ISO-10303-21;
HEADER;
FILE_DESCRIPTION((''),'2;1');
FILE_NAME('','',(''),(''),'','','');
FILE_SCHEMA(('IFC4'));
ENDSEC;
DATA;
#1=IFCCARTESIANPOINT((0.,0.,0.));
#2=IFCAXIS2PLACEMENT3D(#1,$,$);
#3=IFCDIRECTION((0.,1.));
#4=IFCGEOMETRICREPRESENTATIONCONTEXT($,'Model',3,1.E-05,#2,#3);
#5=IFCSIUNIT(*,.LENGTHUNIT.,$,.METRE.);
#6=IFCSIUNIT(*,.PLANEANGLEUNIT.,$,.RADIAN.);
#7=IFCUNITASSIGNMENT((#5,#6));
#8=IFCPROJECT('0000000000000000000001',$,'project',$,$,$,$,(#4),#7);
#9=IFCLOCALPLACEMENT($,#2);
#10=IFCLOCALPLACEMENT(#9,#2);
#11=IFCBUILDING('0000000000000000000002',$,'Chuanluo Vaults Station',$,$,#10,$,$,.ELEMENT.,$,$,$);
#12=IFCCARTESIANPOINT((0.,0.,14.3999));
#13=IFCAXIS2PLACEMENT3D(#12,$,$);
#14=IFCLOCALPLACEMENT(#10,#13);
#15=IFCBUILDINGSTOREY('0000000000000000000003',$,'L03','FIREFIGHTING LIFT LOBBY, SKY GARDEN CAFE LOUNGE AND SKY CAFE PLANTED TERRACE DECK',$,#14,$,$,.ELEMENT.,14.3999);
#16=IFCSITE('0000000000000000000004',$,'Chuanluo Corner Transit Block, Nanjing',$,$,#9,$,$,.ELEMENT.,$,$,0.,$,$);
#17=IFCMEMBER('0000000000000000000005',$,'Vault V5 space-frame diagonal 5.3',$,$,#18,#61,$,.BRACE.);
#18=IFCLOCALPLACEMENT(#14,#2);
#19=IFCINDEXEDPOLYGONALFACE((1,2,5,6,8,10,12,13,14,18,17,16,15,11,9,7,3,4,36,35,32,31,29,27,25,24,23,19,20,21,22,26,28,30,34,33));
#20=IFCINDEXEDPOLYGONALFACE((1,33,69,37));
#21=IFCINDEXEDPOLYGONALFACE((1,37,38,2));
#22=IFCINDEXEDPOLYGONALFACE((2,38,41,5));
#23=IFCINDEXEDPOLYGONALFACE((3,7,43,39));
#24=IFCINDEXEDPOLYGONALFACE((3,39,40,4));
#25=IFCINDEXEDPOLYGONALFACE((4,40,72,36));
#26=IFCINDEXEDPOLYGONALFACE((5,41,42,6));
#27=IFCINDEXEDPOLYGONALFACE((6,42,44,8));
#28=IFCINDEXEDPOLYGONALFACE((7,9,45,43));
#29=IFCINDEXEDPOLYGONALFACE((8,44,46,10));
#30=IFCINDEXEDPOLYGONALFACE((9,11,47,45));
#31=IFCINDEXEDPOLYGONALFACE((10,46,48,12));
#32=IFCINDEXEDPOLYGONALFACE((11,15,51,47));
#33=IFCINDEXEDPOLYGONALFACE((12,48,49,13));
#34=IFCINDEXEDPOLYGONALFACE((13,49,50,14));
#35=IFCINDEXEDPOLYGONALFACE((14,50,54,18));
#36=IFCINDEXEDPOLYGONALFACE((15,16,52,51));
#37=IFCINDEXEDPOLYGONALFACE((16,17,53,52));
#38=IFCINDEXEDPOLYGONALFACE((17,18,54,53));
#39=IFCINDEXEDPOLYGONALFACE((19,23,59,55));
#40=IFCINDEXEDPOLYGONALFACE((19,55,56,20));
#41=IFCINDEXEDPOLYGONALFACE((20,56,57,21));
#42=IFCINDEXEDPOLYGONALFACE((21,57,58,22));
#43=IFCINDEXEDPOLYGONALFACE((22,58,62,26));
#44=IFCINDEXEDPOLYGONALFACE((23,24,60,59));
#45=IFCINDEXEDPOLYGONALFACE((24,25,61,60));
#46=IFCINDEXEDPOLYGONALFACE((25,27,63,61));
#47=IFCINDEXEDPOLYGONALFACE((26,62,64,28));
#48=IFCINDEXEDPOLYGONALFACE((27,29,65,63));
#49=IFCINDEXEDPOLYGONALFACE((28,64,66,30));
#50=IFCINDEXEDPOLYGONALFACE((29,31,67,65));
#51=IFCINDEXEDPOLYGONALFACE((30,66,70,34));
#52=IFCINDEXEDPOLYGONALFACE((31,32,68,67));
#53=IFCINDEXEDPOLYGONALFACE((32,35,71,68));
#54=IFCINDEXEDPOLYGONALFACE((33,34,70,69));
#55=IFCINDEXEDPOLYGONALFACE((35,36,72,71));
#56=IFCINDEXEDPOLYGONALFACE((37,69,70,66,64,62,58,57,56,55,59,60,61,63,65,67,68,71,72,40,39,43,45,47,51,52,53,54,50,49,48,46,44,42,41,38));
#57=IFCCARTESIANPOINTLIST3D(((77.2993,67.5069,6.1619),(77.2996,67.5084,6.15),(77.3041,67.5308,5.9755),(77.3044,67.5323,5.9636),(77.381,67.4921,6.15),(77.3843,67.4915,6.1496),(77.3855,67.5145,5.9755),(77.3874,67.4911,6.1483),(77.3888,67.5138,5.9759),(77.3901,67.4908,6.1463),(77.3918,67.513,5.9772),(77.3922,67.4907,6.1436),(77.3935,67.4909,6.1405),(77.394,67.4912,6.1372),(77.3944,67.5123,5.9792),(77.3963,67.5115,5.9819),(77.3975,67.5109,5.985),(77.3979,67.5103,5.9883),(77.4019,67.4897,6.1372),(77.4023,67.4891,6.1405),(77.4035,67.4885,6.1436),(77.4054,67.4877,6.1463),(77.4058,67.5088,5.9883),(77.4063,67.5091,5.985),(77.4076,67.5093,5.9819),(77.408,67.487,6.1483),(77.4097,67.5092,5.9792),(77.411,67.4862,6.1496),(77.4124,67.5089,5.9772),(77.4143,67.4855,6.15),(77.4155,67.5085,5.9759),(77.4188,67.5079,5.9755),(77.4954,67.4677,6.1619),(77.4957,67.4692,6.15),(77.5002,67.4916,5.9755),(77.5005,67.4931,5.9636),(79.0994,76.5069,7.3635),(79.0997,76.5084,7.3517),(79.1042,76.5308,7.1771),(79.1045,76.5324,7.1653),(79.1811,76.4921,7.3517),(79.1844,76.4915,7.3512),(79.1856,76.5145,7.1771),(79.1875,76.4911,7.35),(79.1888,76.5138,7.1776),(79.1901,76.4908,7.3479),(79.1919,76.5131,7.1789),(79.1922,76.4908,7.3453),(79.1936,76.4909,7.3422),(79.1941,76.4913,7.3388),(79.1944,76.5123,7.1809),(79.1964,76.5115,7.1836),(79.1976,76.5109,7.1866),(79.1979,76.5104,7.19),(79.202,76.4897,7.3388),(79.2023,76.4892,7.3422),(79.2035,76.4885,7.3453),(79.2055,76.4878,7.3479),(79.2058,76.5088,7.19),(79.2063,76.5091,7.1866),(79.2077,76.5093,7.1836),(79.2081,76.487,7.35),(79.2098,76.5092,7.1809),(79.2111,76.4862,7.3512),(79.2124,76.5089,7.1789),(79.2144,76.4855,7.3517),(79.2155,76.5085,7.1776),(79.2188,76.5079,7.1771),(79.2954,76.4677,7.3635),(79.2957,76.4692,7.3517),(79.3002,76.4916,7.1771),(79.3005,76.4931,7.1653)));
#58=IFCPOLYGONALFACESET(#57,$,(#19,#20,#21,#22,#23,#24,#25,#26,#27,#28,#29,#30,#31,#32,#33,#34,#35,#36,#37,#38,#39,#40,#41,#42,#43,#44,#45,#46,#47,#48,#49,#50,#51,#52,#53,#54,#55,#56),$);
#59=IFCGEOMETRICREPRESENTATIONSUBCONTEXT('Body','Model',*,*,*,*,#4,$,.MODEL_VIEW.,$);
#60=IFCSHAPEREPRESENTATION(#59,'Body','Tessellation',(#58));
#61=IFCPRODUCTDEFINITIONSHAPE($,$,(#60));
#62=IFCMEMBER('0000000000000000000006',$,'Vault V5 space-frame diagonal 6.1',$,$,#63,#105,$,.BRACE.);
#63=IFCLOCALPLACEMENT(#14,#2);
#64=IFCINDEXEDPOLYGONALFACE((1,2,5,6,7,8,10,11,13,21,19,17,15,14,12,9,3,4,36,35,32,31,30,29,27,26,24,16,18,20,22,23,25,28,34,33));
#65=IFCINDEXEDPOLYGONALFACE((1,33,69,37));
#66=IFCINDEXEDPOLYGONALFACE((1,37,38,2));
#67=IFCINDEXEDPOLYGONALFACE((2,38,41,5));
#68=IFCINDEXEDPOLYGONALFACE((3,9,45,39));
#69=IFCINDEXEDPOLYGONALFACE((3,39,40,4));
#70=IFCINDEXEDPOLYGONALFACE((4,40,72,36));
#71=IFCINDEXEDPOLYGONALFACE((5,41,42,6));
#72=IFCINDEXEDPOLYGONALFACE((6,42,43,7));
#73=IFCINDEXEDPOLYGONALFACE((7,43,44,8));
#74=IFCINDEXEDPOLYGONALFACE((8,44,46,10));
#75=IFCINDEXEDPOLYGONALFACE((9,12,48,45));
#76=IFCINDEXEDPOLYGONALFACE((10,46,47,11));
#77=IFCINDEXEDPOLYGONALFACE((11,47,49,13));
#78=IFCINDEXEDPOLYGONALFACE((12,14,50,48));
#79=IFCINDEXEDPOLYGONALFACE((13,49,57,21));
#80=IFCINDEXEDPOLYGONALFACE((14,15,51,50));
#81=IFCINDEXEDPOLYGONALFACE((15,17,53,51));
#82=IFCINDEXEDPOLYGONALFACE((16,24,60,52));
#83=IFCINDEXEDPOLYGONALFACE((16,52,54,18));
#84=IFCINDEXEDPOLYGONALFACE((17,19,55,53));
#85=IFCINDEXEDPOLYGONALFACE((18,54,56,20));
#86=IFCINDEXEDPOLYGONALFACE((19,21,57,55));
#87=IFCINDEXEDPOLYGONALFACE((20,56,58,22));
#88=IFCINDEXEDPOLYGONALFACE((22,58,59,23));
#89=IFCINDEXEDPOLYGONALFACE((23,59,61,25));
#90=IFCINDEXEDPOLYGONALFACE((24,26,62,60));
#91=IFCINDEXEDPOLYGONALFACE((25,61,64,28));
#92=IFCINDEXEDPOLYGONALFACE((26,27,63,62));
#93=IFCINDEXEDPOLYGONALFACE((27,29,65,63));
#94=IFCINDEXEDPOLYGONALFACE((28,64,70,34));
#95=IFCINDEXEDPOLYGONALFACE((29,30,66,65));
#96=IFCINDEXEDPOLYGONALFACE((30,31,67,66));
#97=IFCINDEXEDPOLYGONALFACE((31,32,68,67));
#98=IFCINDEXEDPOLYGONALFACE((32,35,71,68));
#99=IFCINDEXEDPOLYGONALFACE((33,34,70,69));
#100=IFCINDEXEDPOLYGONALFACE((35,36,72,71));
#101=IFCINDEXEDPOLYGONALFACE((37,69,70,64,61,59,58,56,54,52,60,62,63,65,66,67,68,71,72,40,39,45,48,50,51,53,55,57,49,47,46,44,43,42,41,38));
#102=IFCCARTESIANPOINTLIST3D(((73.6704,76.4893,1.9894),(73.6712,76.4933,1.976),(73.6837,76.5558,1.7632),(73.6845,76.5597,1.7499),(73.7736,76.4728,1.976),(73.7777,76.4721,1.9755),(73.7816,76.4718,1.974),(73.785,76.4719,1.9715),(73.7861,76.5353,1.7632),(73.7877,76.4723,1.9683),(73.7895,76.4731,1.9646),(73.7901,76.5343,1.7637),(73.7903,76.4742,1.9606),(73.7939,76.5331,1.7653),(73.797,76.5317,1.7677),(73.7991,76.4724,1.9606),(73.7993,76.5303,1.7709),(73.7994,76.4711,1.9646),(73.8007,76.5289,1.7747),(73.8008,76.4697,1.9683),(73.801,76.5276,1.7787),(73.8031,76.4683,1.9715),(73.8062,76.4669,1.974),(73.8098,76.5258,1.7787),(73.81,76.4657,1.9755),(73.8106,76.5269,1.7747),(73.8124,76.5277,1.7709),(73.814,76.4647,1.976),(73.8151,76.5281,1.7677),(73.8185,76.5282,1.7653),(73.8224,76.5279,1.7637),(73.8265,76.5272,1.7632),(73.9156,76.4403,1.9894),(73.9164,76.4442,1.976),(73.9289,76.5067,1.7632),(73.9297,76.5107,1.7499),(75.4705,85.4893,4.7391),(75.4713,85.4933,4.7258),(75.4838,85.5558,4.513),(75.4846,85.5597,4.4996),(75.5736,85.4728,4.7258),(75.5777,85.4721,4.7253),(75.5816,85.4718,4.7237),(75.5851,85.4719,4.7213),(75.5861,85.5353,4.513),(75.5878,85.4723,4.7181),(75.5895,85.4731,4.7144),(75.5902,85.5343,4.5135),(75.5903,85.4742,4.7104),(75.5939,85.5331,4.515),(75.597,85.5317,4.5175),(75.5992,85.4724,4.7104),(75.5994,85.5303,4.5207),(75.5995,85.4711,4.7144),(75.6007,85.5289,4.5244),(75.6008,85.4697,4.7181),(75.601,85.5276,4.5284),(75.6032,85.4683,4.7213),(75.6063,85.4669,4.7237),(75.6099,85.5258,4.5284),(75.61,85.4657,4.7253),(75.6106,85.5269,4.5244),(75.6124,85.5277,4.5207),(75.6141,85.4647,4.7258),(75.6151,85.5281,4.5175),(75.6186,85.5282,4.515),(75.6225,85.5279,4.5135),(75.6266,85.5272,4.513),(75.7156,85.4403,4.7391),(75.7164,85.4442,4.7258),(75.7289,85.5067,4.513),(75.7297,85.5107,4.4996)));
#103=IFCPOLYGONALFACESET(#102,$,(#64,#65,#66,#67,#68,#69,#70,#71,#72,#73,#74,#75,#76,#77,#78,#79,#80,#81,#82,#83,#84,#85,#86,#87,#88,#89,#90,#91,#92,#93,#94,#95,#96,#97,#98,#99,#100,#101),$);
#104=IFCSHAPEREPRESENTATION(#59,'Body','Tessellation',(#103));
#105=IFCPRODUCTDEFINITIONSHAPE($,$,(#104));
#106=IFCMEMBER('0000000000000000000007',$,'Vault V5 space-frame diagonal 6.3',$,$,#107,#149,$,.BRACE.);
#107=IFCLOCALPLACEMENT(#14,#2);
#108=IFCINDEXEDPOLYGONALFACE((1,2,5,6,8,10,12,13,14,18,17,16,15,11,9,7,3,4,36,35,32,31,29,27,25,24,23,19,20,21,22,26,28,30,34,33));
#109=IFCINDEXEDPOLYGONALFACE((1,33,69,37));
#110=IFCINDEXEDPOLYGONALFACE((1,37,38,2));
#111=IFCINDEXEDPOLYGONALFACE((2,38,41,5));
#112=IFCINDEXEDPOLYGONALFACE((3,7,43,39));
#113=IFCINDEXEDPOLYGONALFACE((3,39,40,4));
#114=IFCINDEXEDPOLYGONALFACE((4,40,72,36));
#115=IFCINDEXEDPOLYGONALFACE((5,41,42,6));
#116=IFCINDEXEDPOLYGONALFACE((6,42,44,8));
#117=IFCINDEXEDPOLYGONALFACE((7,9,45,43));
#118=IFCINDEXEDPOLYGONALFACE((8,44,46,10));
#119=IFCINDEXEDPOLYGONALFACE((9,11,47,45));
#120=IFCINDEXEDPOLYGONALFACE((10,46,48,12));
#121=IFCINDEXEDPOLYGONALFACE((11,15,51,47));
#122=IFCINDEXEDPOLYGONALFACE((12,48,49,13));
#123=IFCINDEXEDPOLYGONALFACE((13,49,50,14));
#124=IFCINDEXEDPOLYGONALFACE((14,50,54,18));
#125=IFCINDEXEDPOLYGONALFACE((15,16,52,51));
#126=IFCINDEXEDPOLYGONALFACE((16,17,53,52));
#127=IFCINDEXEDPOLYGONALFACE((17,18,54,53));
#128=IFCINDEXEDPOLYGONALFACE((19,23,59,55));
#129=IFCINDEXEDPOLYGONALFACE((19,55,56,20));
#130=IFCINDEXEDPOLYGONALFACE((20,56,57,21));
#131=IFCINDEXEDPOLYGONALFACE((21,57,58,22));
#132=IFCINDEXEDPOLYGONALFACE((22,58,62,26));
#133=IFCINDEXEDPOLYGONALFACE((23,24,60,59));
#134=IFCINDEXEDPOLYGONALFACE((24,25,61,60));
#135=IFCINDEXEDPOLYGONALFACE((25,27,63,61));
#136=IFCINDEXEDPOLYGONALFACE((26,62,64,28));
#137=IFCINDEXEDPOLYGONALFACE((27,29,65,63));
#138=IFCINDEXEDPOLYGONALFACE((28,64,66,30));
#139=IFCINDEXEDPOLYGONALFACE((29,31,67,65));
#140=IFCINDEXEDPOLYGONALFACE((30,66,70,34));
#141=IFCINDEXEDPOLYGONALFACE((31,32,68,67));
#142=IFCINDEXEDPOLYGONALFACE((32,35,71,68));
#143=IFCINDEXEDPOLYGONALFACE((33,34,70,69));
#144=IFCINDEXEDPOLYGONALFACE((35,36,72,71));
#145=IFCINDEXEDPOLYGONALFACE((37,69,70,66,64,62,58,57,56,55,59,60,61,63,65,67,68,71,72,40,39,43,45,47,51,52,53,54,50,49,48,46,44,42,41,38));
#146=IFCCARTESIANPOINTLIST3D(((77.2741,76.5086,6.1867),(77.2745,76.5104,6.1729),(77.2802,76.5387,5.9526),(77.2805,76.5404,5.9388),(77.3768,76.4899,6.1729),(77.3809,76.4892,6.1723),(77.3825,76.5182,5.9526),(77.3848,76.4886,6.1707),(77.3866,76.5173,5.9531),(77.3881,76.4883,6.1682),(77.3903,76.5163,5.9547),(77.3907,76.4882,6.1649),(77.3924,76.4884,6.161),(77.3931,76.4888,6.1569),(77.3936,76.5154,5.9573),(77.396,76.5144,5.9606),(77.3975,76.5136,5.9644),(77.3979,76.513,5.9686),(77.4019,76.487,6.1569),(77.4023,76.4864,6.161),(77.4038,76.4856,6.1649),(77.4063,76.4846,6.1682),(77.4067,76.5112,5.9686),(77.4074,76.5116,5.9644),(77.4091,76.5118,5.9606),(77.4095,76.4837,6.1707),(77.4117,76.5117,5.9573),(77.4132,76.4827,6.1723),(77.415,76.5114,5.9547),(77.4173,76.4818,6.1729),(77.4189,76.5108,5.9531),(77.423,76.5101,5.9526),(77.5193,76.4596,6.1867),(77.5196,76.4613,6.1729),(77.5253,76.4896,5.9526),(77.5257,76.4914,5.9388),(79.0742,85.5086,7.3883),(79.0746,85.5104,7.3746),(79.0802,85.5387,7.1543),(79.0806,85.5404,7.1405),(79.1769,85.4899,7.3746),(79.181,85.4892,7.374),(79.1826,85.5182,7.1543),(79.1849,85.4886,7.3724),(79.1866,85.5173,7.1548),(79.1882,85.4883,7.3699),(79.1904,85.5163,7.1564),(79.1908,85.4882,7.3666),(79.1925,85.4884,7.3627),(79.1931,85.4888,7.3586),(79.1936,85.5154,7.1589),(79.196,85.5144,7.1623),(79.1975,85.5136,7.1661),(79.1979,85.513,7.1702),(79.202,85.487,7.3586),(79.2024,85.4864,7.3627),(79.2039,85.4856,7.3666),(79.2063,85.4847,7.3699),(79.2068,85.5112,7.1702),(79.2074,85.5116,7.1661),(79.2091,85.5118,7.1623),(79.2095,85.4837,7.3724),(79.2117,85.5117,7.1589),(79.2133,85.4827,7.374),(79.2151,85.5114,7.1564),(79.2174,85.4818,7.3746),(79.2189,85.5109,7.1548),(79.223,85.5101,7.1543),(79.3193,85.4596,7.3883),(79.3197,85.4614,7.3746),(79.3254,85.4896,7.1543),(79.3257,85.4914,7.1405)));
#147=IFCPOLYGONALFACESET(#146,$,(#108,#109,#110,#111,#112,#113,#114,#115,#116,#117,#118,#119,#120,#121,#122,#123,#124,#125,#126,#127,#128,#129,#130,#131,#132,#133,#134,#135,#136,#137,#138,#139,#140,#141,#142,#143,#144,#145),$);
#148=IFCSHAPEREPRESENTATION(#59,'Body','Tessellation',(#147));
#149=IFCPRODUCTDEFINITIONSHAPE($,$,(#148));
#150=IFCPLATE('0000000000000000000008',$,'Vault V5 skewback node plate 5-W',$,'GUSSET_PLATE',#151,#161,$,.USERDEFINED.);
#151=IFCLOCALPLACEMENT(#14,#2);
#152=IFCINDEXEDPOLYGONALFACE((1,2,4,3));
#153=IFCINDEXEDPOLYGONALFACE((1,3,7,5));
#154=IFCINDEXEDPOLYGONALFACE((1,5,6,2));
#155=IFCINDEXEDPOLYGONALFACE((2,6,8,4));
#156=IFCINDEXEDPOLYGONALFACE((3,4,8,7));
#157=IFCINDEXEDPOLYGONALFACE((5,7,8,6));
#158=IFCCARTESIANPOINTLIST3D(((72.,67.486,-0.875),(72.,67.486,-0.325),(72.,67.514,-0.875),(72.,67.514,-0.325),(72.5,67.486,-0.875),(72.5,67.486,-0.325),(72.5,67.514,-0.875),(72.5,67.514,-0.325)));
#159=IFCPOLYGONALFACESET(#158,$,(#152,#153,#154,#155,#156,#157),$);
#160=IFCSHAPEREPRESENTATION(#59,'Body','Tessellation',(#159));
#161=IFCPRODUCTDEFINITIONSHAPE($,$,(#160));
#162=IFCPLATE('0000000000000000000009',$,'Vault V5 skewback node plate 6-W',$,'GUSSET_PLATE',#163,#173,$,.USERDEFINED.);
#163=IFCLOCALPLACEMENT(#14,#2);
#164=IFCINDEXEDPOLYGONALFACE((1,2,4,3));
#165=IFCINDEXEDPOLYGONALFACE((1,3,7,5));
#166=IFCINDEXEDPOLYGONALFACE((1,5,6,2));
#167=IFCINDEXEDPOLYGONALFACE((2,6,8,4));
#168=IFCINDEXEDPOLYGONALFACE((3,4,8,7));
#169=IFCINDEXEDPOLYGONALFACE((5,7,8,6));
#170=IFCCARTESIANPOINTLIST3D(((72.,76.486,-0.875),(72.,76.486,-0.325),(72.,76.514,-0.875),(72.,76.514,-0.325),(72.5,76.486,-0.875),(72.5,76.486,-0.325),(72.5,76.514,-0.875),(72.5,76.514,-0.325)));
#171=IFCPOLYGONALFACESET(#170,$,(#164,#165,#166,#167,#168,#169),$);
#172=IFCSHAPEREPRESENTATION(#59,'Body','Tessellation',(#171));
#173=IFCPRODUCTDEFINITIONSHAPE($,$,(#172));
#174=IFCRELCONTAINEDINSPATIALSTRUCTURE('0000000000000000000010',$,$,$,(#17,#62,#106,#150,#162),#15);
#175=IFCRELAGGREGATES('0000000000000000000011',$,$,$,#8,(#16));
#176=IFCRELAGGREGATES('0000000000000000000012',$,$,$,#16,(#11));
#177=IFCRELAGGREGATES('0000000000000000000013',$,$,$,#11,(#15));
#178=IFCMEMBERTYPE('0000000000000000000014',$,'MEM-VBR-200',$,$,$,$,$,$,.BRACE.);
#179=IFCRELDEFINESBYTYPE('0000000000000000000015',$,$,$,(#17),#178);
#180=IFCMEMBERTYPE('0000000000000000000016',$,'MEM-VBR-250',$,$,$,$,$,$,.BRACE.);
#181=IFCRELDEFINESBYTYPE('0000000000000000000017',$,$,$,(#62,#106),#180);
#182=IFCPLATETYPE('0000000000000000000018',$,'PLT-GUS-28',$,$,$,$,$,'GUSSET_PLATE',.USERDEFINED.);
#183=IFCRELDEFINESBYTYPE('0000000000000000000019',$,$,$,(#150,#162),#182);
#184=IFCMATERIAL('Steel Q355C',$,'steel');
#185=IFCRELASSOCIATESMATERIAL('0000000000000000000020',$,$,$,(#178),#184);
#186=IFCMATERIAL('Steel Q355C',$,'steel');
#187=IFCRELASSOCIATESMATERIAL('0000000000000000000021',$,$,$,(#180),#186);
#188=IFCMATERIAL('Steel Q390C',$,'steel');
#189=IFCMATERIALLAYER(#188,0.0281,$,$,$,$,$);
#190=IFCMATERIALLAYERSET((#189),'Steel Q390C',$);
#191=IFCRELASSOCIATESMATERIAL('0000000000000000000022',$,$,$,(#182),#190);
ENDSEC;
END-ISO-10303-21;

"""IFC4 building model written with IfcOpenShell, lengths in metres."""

from ifc_helpers import new_model, si_unit, direction, frame, origin, origin_2d, place, context, subcontext, project, spatial, rectangle, i_section, extrude, material, layer, layer_set, material_profile, profile_set, type_object, element, save


model = new_model("IFC4")

# Units and contexts
model_context = context("Model", 3, precision=1e-05, world=origin(), true_north=direction((0.0, 1.0)))
body_context = subcontext(model_context, "Body", "Model", "MODEL_VIEW")
ifc_project = project(units=[si_unit("LENGTHUNIT", "METRE"), si_unit("PLANEANGLEUNIT", "RADIAN")], contexts=[model_context])

# Site, building, storey
site_placement = place(None, origin())
site = spatial("IfcSite", under=ifc_project, at=site_placement, Name="Chuanluo Corner Transit Block, Nanjing", CompositionType="ELEMENT", RefElevation=0.0)
building_placement = place(site_placement, origin())
building = spatial("IfcBuilding", under=site, at=building_placement, Name="Chuanluo Vaults Station", CompositionType="ELEMENT")
storey_placement = place(building_placement, frame((0.0, 0.0, 14.3999)))
storey = spatial("IfcBuildingStorey", under=building, at=storey_placement, Name="L03", Description="FIREFIGHTING LIFT LOBBY, SKY GARDEN CAFE LOUNGE AND SKY CAFE PLANTED TERRACE DECK", CompositionType="ELEMENT", Elevation=14.3999)

# Members
ifc_material_1 = material(Name="Steel Q355C", Category="steel")
ifc_material_profile_1 = material_profile(ifc_material_1, i_section(OverallWidth=0.2, OverallDepth=0.2, WebThickness=0.0081, FlangeThickness=0.012, FilletRadius=0.0129, at=origin_2d()))
ifc_profile_set_1 = profile_set([ifc_material_profile_1], Name="Steel Q355C")
member_type_1 = type_object("IfcMemberType", Name="MEM-VBR-200", PredefinedType="BRACE", material=ifc_profile_set_1)
member_1_placement = place(storey_placement, frame((77.3999, 67.5, 6.0627), z_axis=(0.194462, 0.972282, 0.129817), x_axis=(-0.98058, 0.196121, 0.0)))
element("IfcMember", 1, at=member_1_placement, inside=storey, type_object=member_type_1, Name="Vault V5 space-frame diagonal 5.3", PredefinedType="BRACE", context=body_context, shape_type="SweptSolid", body=[
    extrude(i_section(OverallWidth=0.2, OverallDepth=0.2, WebThickness=0.0081, FlangeThickness=0.012, FilletRadius=0.0129, at=origin_2d()), origin(), (0.0, 0.0, 1.0), 9.2566),
])
ifc_material_2 = material(Name="Steel Q355C", Category="steel")
ifc_material_profile_2 = material_profile(ifc_material_2, i_section(OverallWidth=0.25, OverallDepth=0.25, WebThickness=0.009, FlangeThickness=0.0139, FilletRadius=0.0161, at=origin_2d()))
ifc_profile_set_2 = profile_set([ifc_material_profile_2], Name="Steel Q355C")
member_type_2 = type_object("IfcMemberType", Name="MEM-VBR-250", PredefinedType="BRACE", material=ifc_profile_set_2)
member_2_placement = place(storey_placement, frame((73.8, 76.5, 1.8696), z_axis=(0.187871, 0.93933, 0.286992), x_axis=(-0.98058, 0.196121, 0.0)))
element("IfcMember", 2, at=member_2_placement, inside=storey, type_object=member_type_2, Name="Vault V5 space-frame diagonal 6.1", PredefinedType="BRACE", context=body_context, shape_type="SweptSolid", body=[
    extrude(i_section(OverallWidth=0.25, OverallDepth=0.25, WebThickness=0.009, FlangeThickness=0.0139, FilletRadius=0.0161, at=origin_2d()), origin(), (0.0, 0.0, 1.0), 9.5813),
])
member_3_placement = place(storey_placement, frame((77.3999, 76.5, 6.0627), z_axis=(0.194462, 0.972282, 0.129817), x_axis=(-0.98058, 0.196121, 0.0)))
element("IfcMember", 3, at=member_3_placement, inside=storey, type_object=member_type_2, Name="Vault V5 space-frame diagonal 6.3", PredefinedType="BRACE", context=body_context, shape_type="SweptSolid", body=[
    extrude(i_section(OverallWidth=0.25, OverallDepth=0.25, WebThickness=0.009, FlangeThickness=0.0139, FilletRadius=0.0161, at=origin_2d()), origin(), (0.0, 0.0, 1.0), 9.2566),
])

# Plates
ifc_material_3 = material(Name="Steel Q390C", Category="steel")
ifc_layer = layer(ifc_material_3, 0.0281)
ifc_layer_set = layer_set([ifc_layer], Name="Steel Q390C")
plate_type = type_object("IfcPlateType", Name="PLT-GUS-28", ElementType="GUSSET_PLATE", PredefinedType="USERDEFINED", material=ifc_layer_set)
for number, where, z_axis, x_axis, name in (
    (4, (72.25, 67.5, -0.875), (0.0, 0.0, 1.0), (1.0, 0.0, 0.0), "Vault V5 skewback node plate 5-W"),
    (5, (72.25, 76.5, -0.875), (0.0, 0.0, 1.0), (1.0, 0.0, 0.0), "Vault V5 skewback node plate 6-W"),
):
    element("IfcPlate", number, at=place(storey_placement, frame(where, z_axis=z_axis, x_axis=x_axis)), inside=storey, type_object=plate_type, Name=name, ObjectType="GUSSET_PLATE", PredefinedType="USERDEFINED", context=body_context, shape_type="SweptSolid", body=[
        extrude(rectangle(XDim=0.5, YDim=0.0281, at=origin_2d()), origin(), (0.0, 0.0, 1.0), 0.55),
    ])

save(model, "model.ifc")
